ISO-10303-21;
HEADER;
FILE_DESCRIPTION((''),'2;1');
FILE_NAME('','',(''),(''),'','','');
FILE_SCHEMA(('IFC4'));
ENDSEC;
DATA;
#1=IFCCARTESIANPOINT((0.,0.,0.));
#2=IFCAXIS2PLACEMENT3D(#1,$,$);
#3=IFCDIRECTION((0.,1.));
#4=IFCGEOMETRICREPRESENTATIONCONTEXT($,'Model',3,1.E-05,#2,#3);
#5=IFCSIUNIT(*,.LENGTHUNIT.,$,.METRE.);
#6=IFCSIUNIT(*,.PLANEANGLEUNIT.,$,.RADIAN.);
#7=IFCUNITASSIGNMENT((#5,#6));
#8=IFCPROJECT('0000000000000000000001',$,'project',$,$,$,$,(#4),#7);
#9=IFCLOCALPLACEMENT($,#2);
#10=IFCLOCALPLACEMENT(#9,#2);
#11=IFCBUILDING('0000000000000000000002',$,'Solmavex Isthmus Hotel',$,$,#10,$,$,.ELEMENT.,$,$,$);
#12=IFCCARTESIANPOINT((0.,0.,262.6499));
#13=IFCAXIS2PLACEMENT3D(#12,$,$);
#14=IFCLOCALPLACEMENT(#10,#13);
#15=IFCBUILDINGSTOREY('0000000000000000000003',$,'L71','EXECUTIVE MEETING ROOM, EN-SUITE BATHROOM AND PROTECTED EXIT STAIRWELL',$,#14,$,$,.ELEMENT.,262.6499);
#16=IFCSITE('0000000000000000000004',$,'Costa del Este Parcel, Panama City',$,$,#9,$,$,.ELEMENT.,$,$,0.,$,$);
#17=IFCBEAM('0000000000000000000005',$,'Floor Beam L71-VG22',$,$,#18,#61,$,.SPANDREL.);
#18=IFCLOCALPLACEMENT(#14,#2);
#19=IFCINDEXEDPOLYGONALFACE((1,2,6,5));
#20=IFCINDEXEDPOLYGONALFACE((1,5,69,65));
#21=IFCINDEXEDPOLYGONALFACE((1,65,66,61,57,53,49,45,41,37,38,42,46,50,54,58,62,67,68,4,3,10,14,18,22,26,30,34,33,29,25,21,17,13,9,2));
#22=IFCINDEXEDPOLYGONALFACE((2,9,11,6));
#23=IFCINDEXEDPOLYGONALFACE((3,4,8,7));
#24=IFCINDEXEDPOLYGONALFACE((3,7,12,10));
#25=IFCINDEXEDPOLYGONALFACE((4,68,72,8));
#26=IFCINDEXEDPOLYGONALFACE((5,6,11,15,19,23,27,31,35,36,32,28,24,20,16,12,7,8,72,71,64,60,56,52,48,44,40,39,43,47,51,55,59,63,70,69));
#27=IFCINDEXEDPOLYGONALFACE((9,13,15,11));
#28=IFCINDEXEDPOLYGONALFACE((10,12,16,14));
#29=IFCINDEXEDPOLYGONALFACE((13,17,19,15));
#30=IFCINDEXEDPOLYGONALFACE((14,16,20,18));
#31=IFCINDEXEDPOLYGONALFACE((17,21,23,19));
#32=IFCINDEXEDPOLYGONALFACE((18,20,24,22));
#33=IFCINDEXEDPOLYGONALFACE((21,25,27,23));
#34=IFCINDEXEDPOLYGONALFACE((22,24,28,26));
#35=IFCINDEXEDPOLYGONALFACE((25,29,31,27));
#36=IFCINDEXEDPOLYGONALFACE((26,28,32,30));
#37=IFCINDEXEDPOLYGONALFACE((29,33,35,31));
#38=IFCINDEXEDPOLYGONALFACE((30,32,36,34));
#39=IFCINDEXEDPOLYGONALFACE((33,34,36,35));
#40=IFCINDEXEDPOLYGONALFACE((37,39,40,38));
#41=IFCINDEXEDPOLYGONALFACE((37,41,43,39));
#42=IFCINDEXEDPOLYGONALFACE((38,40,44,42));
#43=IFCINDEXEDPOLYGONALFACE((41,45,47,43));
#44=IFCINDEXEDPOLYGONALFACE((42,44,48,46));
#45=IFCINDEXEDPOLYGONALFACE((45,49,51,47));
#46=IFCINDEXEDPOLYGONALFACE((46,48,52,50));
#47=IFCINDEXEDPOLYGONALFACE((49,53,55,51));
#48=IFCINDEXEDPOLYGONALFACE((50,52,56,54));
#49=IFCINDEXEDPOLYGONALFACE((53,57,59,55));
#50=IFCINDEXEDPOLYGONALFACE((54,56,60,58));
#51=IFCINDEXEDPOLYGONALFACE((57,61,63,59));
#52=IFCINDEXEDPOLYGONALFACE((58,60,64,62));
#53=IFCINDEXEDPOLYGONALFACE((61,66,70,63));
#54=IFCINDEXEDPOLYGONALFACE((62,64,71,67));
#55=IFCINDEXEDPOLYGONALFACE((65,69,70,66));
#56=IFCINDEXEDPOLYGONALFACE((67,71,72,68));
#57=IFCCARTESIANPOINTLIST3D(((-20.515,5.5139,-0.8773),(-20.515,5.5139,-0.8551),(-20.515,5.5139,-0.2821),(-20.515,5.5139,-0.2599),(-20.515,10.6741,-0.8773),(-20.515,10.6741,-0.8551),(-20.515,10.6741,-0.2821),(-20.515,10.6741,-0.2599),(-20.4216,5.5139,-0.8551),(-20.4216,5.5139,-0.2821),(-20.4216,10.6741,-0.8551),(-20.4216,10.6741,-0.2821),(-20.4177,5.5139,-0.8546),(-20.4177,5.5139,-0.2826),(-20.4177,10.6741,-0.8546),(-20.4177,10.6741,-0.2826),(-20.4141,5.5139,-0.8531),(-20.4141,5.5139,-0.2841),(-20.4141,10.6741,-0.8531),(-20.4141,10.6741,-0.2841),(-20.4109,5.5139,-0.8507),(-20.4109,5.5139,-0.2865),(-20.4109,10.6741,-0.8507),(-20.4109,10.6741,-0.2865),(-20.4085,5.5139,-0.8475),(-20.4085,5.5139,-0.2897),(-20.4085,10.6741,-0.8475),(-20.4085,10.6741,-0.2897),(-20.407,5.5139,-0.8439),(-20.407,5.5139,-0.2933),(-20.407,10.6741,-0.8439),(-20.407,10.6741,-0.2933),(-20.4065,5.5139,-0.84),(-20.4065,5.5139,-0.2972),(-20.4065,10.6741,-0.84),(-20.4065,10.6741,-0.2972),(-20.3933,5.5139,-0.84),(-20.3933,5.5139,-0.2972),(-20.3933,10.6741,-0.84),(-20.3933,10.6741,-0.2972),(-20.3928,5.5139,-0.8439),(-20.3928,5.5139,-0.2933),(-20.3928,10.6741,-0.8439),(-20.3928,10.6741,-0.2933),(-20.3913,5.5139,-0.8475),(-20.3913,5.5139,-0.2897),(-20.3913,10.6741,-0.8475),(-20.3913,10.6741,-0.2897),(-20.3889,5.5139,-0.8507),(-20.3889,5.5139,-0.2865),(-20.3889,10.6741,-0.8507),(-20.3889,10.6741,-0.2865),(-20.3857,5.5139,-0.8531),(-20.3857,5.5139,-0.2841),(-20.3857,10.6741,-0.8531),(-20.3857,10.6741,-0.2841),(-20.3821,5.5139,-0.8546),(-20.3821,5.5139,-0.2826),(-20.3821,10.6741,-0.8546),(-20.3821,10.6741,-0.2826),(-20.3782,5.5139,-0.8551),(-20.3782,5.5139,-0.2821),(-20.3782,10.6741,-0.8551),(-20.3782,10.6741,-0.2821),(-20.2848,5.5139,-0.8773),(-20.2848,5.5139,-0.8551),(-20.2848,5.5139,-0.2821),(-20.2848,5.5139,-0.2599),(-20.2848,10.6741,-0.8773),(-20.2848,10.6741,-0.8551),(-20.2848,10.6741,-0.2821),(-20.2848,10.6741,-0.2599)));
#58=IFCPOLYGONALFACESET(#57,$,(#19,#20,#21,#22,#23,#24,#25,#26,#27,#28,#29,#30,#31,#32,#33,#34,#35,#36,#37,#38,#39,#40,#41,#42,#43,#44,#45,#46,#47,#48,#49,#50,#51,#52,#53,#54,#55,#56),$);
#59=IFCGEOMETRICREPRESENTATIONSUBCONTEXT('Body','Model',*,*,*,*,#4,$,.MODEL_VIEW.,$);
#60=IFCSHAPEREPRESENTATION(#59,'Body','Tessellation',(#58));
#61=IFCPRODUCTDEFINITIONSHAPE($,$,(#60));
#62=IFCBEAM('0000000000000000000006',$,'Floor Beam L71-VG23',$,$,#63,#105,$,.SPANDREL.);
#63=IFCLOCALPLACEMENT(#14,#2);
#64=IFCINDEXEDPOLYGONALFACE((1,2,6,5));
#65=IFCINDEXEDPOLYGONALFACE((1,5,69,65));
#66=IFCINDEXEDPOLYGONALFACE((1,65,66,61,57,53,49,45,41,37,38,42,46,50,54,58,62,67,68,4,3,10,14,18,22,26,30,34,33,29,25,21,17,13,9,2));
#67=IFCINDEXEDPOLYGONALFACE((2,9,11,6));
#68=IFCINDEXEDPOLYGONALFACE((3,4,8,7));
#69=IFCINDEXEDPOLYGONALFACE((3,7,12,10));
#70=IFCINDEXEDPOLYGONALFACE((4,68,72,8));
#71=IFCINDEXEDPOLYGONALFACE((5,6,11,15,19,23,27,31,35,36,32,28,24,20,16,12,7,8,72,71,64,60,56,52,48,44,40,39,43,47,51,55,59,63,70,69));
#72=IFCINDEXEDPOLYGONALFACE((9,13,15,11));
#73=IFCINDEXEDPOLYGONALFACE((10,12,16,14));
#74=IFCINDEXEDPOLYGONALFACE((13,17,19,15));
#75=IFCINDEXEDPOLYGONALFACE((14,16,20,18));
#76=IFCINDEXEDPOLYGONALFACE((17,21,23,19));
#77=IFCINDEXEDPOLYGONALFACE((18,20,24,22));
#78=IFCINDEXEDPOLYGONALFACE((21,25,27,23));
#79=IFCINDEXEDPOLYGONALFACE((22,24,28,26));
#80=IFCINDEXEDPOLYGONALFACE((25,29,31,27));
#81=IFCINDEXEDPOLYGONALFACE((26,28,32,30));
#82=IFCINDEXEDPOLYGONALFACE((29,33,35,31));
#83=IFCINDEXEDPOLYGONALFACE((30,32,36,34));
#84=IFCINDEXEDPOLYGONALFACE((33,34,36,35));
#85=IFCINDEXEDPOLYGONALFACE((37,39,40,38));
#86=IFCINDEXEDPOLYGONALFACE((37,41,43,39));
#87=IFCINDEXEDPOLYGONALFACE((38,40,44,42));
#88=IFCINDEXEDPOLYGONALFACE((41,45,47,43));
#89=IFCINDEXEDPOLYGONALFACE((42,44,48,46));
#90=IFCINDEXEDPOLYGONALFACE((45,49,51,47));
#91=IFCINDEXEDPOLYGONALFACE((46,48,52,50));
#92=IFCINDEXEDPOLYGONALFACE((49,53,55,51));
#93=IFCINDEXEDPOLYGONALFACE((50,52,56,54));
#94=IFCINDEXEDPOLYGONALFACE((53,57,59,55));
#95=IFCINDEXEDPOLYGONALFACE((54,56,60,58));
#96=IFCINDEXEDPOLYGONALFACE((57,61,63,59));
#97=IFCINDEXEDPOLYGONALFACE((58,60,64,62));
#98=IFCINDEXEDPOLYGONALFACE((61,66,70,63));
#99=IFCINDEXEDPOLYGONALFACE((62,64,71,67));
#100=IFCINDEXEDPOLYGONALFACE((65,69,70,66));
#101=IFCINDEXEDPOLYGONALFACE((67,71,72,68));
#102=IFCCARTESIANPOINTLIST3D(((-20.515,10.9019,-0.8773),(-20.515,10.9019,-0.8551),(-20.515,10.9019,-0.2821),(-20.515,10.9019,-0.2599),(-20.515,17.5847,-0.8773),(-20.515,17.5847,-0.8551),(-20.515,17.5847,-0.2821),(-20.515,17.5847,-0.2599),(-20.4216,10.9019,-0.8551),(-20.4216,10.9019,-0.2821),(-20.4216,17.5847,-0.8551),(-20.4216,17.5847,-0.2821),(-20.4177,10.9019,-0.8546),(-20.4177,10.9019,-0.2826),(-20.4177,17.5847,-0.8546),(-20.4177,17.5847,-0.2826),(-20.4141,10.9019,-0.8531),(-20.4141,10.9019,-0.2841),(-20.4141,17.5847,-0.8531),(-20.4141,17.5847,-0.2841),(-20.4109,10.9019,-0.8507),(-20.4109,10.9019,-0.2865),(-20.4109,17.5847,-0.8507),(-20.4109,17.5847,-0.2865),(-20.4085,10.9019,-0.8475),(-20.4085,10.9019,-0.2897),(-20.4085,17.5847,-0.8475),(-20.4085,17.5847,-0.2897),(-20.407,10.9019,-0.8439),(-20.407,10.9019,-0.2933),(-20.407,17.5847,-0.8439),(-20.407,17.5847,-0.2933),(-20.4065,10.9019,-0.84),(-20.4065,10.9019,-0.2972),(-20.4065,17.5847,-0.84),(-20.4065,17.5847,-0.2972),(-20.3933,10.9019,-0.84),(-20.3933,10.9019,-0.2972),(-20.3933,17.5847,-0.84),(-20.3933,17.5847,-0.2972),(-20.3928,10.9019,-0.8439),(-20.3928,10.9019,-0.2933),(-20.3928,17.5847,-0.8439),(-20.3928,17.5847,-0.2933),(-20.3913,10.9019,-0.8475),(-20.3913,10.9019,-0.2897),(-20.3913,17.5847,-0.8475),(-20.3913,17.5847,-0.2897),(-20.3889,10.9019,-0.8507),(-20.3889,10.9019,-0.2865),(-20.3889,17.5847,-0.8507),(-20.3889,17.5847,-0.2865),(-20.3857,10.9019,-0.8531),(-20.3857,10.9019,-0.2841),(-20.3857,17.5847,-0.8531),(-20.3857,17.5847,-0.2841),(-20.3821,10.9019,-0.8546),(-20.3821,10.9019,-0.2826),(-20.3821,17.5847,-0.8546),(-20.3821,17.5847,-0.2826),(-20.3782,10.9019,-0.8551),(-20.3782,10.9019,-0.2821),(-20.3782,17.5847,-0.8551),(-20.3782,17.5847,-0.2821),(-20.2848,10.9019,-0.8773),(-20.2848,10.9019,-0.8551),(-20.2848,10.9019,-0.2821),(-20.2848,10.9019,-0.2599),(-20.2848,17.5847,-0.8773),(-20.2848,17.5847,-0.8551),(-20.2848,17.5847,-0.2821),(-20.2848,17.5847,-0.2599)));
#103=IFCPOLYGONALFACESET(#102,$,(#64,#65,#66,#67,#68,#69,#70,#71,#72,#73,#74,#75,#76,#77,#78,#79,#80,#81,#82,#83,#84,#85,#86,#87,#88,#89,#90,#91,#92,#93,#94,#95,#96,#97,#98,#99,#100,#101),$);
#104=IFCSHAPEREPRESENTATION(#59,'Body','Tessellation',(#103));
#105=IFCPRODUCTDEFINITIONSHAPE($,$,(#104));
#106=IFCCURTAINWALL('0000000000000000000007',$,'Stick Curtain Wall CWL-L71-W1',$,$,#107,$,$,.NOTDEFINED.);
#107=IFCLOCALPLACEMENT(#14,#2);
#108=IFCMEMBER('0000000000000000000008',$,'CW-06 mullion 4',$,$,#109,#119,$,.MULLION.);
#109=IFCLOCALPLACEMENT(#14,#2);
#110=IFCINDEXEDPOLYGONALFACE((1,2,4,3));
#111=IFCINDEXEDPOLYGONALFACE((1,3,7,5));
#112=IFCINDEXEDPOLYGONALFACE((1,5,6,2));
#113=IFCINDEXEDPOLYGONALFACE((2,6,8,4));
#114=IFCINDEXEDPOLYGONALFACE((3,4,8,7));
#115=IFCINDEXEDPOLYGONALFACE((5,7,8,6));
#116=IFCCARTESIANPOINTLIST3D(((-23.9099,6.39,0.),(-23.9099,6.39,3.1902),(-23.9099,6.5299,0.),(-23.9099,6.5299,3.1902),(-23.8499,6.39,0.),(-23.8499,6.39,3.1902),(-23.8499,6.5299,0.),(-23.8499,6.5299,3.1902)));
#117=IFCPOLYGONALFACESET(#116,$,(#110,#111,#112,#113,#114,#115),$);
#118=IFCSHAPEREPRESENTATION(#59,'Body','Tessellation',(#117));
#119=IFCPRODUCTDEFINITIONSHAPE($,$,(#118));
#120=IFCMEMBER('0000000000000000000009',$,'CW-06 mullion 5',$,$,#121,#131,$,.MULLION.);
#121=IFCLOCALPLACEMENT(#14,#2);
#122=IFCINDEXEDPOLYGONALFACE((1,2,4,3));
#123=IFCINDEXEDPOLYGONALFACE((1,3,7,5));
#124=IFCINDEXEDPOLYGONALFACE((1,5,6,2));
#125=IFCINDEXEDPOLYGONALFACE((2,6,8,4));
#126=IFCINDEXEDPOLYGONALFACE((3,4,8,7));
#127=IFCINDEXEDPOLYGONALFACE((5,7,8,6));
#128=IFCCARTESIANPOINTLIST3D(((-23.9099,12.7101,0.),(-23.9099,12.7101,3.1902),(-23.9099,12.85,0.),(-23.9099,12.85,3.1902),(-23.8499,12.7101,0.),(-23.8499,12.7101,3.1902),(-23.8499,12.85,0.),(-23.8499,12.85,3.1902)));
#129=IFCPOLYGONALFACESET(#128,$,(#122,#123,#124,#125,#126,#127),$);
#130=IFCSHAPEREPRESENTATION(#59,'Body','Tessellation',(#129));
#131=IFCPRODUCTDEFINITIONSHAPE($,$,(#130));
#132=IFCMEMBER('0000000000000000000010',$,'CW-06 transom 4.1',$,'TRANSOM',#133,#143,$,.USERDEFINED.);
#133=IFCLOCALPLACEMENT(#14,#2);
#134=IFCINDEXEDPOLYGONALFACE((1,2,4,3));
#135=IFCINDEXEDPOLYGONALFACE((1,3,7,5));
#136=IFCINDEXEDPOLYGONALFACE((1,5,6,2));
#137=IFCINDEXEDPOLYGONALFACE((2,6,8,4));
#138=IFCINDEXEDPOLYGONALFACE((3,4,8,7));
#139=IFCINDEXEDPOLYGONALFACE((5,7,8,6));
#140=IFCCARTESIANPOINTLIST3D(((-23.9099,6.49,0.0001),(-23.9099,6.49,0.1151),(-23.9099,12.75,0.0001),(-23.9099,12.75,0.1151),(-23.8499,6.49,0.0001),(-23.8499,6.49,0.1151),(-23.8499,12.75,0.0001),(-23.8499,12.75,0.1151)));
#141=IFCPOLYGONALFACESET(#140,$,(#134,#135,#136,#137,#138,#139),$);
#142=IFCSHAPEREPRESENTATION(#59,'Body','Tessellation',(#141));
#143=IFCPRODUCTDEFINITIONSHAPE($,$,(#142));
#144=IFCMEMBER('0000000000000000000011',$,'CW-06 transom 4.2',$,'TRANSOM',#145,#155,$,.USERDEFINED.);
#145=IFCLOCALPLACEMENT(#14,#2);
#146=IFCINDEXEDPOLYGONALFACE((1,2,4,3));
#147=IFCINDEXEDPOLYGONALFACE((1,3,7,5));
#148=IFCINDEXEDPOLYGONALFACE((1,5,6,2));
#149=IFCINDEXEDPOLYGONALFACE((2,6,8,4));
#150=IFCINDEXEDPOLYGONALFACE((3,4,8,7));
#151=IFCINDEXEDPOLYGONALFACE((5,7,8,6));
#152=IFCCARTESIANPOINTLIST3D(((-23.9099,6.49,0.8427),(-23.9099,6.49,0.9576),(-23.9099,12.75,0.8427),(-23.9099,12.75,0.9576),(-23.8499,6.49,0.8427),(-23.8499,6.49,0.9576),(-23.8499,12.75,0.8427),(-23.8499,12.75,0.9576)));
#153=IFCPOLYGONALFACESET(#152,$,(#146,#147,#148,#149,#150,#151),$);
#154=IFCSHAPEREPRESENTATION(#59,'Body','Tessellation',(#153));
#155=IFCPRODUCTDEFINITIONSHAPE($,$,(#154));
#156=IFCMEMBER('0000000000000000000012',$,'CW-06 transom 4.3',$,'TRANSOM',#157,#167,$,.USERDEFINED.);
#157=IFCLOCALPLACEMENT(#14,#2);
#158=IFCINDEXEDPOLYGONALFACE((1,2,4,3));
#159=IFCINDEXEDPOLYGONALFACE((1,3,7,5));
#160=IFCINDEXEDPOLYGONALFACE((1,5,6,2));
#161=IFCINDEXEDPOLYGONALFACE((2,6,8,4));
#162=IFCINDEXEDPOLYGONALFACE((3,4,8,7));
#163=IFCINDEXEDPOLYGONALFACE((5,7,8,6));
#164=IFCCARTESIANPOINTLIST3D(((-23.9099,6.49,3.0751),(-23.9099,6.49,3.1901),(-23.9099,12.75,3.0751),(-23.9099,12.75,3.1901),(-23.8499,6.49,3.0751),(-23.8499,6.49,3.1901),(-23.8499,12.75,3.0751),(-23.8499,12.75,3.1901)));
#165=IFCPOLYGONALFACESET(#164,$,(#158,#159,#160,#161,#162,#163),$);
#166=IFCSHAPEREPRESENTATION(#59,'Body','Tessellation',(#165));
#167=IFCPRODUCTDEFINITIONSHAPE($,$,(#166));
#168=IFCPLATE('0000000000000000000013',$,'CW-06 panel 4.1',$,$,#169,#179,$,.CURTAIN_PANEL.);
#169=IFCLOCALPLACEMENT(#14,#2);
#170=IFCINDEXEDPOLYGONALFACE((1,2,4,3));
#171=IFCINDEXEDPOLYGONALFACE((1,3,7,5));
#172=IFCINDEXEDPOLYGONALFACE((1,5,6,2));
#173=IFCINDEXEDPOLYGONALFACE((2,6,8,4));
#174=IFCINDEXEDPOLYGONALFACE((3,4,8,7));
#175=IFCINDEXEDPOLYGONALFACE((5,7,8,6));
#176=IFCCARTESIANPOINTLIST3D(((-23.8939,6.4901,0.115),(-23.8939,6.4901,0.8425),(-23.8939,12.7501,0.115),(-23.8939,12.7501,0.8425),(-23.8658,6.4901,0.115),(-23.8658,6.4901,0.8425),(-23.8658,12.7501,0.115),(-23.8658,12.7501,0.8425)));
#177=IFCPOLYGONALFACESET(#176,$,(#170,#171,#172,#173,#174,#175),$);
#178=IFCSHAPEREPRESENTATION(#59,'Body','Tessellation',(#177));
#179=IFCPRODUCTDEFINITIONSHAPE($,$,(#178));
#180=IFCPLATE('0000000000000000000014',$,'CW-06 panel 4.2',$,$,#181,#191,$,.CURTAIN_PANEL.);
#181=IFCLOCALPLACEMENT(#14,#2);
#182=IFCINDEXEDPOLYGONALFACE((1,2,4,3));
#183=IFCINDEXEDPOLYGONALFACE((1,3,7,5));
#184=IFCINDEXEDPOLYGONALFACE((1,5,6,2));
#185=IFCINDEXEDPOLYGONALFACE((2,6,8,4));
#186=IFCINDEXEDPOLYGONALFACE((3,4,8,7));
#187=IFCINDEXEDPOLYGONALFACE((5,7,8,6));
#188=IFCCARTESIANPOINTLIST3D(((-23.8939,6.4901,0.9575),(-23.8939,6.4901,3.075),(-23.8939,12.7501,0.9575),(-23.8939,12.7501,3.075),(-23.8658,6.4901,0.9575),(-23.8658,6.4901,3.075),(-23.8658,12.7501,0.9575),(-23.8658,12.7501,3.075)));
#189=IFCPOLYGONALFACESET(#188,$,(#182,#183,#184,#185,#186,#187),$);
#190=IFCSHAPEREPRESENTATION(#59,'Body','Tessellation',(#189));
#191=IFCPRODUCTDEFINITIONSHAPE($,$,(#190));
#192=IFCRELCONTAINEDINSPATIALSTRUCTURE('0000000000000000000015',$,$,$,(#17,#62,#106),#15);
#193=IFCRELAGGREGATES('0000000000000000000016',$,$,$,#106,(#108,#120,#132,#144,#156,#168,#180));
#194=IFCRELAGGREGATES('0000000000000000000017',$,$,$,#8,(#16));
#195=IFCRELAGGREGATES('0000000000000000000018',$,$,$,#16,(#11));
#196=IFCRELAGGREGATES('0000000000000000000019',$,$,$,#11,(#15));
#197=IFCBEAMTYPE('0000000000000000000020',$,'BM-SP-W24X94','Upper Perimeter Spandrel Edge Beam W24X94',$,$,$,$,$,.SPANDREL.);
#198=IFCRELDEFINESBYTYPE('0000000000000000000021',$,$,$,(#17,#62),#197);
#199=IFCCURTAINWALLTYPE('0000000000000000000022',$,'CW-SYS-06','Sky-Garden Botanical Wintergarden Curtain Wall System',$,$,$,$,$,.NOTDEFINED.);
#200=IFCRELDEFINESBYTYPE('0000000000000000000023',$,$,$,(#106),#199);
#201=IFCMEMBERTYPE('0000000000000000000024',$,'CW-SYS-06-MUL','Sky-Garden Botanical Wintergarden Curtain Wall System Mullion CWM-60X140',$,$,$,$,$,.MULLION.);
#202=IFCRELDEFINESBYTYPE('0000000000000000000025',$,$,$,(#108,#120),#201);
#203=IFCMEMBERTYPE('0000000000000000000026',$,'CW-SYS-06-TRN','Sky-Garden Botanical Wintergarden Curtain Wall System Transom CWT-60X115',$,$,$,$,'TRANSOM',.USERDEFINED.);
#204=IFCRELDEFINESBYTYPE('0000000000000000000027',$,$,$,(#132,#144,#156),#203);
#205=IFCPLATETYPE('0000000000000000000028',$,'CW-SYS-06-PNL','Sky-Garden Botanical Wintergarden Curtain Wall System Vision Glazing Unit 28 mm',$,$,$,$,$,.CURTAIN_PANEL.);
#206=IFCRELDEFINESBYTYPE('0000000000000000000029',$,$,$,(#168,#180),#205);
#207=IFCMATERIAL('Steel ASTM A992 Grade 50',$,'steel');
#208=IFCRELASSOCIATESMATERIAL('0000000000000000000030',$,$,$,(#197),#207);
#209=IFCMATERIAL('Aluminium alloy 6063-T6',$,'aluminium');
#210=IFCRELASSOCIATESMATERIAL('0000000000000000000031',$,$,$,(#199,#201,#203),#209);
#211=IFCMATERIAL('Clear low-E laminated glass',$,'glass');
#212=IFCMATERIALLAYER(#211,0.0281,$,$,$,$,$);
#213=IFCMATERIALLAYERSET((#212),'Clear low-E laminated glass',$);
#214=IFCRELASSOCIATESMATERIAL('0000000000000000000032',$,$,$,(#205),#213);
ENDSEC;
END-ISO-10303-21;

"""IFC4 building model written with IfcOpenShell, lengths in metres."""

from ifc_helpers import new_model, si_unit, direction, frame, origin, origin_2d, place, context, subcontext, project, spatial, rectangle, i_section, extrude, material, layer, layer_set, material_profile, profile_set, type_object, element, aggregate, save


model = new_model("IFC4")

# Units and contexts
model_context = context("Model", 3, precision=1e-05, world=origin(), true_north=direction((0.0, 1.0)))
body_context = subcontext(model_context, "Body", "Model", "MODEL_VIEW")
ifc_project = project(units=[si_unit("LENGTHUNIT", "METRE"), si_unit("PLANEANGLEUNIT", "RADIAN")], contexts=[model_context])

# Site, building, storey
site_placement = place(None, origin())
site = spatial("IfcSite", under=ifc_project, at=site_placement, Name="Costa del Este Parcel, Panama City", CompositionType="ELEMENT", RefElevation=0.0)
building_placement = place(site_placement, origin())
building = spatial("IfcBuilding", under=site, at=building_placement, Name="Solmavex Isthmus Hotel", CompositionType="ELEMENT")
storey_placement = place(building_placement, frame((0.0, 0.0, 262.6499)))
storey = spatial("IfcBuildingStorey", under=building, at=storey_placement, Name="L71", Description="EXECUTIVE MEETING ROOM, EN-SUITE BATHROOM AND PROTECTED EXIT STAIRWELL", CompositionType="ELEMENT", Elevation=262.6499)

# Beams
ifc_material_1 = material(Name="Steel ASTM A992 Grade 50", Category="steel")
ifc_material_profile_1 = material_profile(ifc_material_1, i_section(OverallWidth=0.2302, OverallDepth=0.6174, WebThickness=0.0132, FlangeThickness=0.0222, FilletRadius=0.0151, at=origin_2d()), Name="W24X94")
ifc_profile_set_1 = profile_set([ifc_material_profile_1], Name="Steel ASTM A992 Grade 50")
beam_type_1 = type_object("IfcBeamType", Name="BM-SP-W24X94", Description="Upper Perimeter Spandrel Edge Beam W24X94", PredefinedType="SPANDREL", material=ifc_profile_set_1)
beam_1_placement = place(storey_placement, frame((-20.3999, 5.5139, -0.5686), z_axis=(0.0, 1.0, 0.0), x_axis=(-1.0, 0.0, 0.0)))
element("IfcBeam", 1, at=beam_1_placement, inside=storey, type_object=beam_type_1, Name="Floor Beam L71-VG22", PredefinedType="SPANDREL", context=body_context, shape_type="SweptSolid", body=[
    extrude(i_section(OverallWidth=0.2302, OverallDepth=0.6174, WebThickness=0.0132, FlangeThickness=0.0222, FilletRadius=0.0151, at=origin_2d()), origin(), (0.0, 0.0, 1.0), 5.1602),
])
beam_2_placement = place(storey_placement, frame((-20.3999, 10.9019, -0.5686), z_axis=(0.0, 1.0, 0.0), x_axis=(-1.0, 0.0, 0.0)))
element("IfcBeam", 2, at=beam_2_placement, inside=storey, type_object=beam_type_1, Name="Floor Beam L71-VG23", PredefinedType="SPANDREL", context=body_context, shape_type="SweptSolid", body=[
    extrude(i_section(OverallWidth=0.2302, OverallDepth=0.6174, WebThickness=0.0132, FlangeThickness=0.0222, FilletRadius=0.0151, at=origin_2d()), origin(), (0.0, 0.0, 1.0), 6.6829),
])

# Curtain wall, members, plates
ifc_material_2 = material(Name="Aluminium alloy 6063-T6", Category="aluminium")
curtain_wall_type = type_object("IfcCurtainWallType", Name="CW-SYS-06", Description="Sky-Garden Botanical Wintergarden Curtain Wall System", PredefinedType="NOTDEFINED", material=ifc_material_2)
curtain_wall_placement = place(storey_placement, origin())
curtain_wall = element("IfcCurtainWall", 3, at=curtain_wall_placement, inside=storey, type_object=curtain_wall_type, Name="Stick Curtain Wall CWL-L71-W1", PredefinedType="NOTDEFINED")
ifc_material_profile_2 = material_profile(ifc_material_2, rectangle(XDim=0.0601, YDim=0.1399, at=origin_2d()), Name="CWM-60X140")
ifc_profile_set_2 = profile_set([ifc_material_profile_2], Name="Aluminium alloy 6063-T6")
member_type_1 = type_object("IfcMemberType", Name="CW-SYS-06-MUL", Description="Sky-Garden Botanical Wintergarden Curtain Wall System Mullion CWM-60X140", PredefinedType="MULLION", material=ifc_profile_set_2)
member_1_placement = place(storey_placement, frame((-23.8799, 6.46, 0.0), z_axis=(0.0, 0.0, 1.0), x_axis=(-1.0, 0.0, 0.0)))
member_1 = element("IfcMember", 4, at=member_1_placement, type_object=member_type_1, Name="CW-06 mullion 4", PredefinedType="MULLION", context=body_context, shape_type="SweptSolid", body=[
    extrude(rectangle(XDim=0.0601, YDim=0.1399, at=origin_2d()), origin(), (0.0, 0.0, 1.0), 3.1902),
])
member_2_placement = place(storey_placement, frame((-23.8799, 12.78, 0.0), z_axis=(0.0, 0.0, 1.0), x_axis=(-1.0, 0.0, 0.0)))
member_2 = element("IfcMember", 5, at=member_2_placement, type_object=member_type_1, Name="CW-06 mullion 5", PredefinedType="MULLION", context=body_context, shape_type="SweptSolid", body=[
    extrude(rectangle(XDim=0.0601, YDim=0.1399, at=origin_2d()), origin(), (0.0, 0.0, 1.0), 3.1902),
])
ifc_material_profile_3 = material_profile(ifc_material_2, rectangle(XDim=0.0601, YDim=0.115, at=origin_2d()), Name="CWT-60X115")
ifc_profile_set_3 = profile_set([ifc_material_profile_3], Name="Aluminium alloy 6063-T6")
member_type_2 = type_object("IfcMemberType", Name="CW-SYS-06-TRN", Description="Sky-Garden Botanical Wintergarden Curtain Wall System Transom CWT-60X115", ElementType="TRANSOM", PredefinedType="USERDEFINED", material=ifc_profile_set_3)
member_3_placement = place(storey_placement, frame((-23.8799, 6.49, 0.0576), z_axis=(0.0, 1.0, 0.0), x_axis=(-1.0, 0.0, 0.0)))
member_3 = element("IfcMember", 6, at=member_3_placement, type_object=member_type_2, Name="CW-06 transom 4.1", ObjectType="TRANSOM", PredefinedType="USERDEFINED", context=body_context, shape_type="SweptSolid", body=[
    extrude(rectangle(XDim=0.0601, YDim=0.115, at=origin_2d()), origin(), (0.0, 0.0, 1.0), 6.26),
])
member_4_placement = place(storey_placement, frame((-23.8799, 6.49, 0.9001), z_axis=(0.0, 1.0, 0.0), x_axis=(-1.0, 0.0, 0.0)))
member_4 = element("IfcMember", 7, at=member_4_placement, type_object=member_type_2, Name="CW-06 transom 4.2", ObjectType="TRANSOM", PredefinedType="USERDEFINED", context=body_context, shape_type="SweptSolid", body=[
    extrude(rectangle(XDim=0.0601, YDim=0.115, at=origin_2d()), origin(), (0.0, 0.0, 1.0), 6.26),
])
member_5_placement = place(storey_placement, frame((-23.8799, 6.49, 3.1326), z_axis=(0.0, 1.0, 0.0), x_axis=(-1.0, 0.0, 0.0)))
member_5 = element("IfcMember", 8, at=member_5_placement, type_object=member_type_2, Name="CW-06 transom 4.3", ObjectType="TRANSOM", PredefinedType="USERDEFINED", context=body_context, shape_type="SweptSolid", body=[
    extrude(rectangle(XDim=0.0601, YDim=0.115, at=origin_2d()), origin(), (0.0, 0.0, 1.0), 6.26),
])
ifc_material_3 = material(Name="Clear low-E laminated glass", Category="glass")
ifc_layer_1 = layer(ifc_material_3, 0.0281)
ifc_layer_set_1 = layer_set([ifc_layer_1], Name="Clear low-E laminated glass")
plate_type = type_object("IfcPlateType", Name="CW-SYS-06-PNL", Description="Sky-Garden Botanical Wintergarden Curtain Wall System Vision Glazing Unit 28 mm", PredefinedType="CURTAIN_PANEL", material=ifc_layer_set_1)
plate_1_placement = place(storey_placement, frame((-23.8799, 9.6201, 0.115), z_axis=(0.0, 0.0, 1.0), x_axis=(0.0, 1.0, 0.0)))
plate_1 = element("IfcPlate", 9, at=plate_1_placement, type_object=plate_type, Name="CW-06 panel 4.1", PredefinedType="CURTAIN_PANEL", context=body_context, shape_type="SweptSolid", body=[
    extrude(rectangle(XDim=6.26, YDim=0.0281, at=origin_2d()), origin(), (0.0, 0.0, 1.0), 0.7275),
])
plate_2_placement = place(storey_placement, frame((-23.8799, 9.6201, 0.9575), z_axis=(0.0, 0.0, 1.0), x_axis=(0.0, 1.0, 0.0)))
plate_2 = element("IfcPlate", 10, at=plate_2_placement, type_object=plate_type, Name="CW-06 panel 4.2", PredefinedType="CURTAIN_PANEL", context=body_context, shape_type="SweptSolid", body=[
    extrude(rectangle(XDim=6.26, YDim=0.0281, at=origin_2d()), origin(), (0.0, 0.0, 1.0), 2.1174),
])
aggregate(curtain_wall, [member_1, member_2, member_3, member_4, member_5, plate_1, plate_2])

save(model, "model.ifc")
